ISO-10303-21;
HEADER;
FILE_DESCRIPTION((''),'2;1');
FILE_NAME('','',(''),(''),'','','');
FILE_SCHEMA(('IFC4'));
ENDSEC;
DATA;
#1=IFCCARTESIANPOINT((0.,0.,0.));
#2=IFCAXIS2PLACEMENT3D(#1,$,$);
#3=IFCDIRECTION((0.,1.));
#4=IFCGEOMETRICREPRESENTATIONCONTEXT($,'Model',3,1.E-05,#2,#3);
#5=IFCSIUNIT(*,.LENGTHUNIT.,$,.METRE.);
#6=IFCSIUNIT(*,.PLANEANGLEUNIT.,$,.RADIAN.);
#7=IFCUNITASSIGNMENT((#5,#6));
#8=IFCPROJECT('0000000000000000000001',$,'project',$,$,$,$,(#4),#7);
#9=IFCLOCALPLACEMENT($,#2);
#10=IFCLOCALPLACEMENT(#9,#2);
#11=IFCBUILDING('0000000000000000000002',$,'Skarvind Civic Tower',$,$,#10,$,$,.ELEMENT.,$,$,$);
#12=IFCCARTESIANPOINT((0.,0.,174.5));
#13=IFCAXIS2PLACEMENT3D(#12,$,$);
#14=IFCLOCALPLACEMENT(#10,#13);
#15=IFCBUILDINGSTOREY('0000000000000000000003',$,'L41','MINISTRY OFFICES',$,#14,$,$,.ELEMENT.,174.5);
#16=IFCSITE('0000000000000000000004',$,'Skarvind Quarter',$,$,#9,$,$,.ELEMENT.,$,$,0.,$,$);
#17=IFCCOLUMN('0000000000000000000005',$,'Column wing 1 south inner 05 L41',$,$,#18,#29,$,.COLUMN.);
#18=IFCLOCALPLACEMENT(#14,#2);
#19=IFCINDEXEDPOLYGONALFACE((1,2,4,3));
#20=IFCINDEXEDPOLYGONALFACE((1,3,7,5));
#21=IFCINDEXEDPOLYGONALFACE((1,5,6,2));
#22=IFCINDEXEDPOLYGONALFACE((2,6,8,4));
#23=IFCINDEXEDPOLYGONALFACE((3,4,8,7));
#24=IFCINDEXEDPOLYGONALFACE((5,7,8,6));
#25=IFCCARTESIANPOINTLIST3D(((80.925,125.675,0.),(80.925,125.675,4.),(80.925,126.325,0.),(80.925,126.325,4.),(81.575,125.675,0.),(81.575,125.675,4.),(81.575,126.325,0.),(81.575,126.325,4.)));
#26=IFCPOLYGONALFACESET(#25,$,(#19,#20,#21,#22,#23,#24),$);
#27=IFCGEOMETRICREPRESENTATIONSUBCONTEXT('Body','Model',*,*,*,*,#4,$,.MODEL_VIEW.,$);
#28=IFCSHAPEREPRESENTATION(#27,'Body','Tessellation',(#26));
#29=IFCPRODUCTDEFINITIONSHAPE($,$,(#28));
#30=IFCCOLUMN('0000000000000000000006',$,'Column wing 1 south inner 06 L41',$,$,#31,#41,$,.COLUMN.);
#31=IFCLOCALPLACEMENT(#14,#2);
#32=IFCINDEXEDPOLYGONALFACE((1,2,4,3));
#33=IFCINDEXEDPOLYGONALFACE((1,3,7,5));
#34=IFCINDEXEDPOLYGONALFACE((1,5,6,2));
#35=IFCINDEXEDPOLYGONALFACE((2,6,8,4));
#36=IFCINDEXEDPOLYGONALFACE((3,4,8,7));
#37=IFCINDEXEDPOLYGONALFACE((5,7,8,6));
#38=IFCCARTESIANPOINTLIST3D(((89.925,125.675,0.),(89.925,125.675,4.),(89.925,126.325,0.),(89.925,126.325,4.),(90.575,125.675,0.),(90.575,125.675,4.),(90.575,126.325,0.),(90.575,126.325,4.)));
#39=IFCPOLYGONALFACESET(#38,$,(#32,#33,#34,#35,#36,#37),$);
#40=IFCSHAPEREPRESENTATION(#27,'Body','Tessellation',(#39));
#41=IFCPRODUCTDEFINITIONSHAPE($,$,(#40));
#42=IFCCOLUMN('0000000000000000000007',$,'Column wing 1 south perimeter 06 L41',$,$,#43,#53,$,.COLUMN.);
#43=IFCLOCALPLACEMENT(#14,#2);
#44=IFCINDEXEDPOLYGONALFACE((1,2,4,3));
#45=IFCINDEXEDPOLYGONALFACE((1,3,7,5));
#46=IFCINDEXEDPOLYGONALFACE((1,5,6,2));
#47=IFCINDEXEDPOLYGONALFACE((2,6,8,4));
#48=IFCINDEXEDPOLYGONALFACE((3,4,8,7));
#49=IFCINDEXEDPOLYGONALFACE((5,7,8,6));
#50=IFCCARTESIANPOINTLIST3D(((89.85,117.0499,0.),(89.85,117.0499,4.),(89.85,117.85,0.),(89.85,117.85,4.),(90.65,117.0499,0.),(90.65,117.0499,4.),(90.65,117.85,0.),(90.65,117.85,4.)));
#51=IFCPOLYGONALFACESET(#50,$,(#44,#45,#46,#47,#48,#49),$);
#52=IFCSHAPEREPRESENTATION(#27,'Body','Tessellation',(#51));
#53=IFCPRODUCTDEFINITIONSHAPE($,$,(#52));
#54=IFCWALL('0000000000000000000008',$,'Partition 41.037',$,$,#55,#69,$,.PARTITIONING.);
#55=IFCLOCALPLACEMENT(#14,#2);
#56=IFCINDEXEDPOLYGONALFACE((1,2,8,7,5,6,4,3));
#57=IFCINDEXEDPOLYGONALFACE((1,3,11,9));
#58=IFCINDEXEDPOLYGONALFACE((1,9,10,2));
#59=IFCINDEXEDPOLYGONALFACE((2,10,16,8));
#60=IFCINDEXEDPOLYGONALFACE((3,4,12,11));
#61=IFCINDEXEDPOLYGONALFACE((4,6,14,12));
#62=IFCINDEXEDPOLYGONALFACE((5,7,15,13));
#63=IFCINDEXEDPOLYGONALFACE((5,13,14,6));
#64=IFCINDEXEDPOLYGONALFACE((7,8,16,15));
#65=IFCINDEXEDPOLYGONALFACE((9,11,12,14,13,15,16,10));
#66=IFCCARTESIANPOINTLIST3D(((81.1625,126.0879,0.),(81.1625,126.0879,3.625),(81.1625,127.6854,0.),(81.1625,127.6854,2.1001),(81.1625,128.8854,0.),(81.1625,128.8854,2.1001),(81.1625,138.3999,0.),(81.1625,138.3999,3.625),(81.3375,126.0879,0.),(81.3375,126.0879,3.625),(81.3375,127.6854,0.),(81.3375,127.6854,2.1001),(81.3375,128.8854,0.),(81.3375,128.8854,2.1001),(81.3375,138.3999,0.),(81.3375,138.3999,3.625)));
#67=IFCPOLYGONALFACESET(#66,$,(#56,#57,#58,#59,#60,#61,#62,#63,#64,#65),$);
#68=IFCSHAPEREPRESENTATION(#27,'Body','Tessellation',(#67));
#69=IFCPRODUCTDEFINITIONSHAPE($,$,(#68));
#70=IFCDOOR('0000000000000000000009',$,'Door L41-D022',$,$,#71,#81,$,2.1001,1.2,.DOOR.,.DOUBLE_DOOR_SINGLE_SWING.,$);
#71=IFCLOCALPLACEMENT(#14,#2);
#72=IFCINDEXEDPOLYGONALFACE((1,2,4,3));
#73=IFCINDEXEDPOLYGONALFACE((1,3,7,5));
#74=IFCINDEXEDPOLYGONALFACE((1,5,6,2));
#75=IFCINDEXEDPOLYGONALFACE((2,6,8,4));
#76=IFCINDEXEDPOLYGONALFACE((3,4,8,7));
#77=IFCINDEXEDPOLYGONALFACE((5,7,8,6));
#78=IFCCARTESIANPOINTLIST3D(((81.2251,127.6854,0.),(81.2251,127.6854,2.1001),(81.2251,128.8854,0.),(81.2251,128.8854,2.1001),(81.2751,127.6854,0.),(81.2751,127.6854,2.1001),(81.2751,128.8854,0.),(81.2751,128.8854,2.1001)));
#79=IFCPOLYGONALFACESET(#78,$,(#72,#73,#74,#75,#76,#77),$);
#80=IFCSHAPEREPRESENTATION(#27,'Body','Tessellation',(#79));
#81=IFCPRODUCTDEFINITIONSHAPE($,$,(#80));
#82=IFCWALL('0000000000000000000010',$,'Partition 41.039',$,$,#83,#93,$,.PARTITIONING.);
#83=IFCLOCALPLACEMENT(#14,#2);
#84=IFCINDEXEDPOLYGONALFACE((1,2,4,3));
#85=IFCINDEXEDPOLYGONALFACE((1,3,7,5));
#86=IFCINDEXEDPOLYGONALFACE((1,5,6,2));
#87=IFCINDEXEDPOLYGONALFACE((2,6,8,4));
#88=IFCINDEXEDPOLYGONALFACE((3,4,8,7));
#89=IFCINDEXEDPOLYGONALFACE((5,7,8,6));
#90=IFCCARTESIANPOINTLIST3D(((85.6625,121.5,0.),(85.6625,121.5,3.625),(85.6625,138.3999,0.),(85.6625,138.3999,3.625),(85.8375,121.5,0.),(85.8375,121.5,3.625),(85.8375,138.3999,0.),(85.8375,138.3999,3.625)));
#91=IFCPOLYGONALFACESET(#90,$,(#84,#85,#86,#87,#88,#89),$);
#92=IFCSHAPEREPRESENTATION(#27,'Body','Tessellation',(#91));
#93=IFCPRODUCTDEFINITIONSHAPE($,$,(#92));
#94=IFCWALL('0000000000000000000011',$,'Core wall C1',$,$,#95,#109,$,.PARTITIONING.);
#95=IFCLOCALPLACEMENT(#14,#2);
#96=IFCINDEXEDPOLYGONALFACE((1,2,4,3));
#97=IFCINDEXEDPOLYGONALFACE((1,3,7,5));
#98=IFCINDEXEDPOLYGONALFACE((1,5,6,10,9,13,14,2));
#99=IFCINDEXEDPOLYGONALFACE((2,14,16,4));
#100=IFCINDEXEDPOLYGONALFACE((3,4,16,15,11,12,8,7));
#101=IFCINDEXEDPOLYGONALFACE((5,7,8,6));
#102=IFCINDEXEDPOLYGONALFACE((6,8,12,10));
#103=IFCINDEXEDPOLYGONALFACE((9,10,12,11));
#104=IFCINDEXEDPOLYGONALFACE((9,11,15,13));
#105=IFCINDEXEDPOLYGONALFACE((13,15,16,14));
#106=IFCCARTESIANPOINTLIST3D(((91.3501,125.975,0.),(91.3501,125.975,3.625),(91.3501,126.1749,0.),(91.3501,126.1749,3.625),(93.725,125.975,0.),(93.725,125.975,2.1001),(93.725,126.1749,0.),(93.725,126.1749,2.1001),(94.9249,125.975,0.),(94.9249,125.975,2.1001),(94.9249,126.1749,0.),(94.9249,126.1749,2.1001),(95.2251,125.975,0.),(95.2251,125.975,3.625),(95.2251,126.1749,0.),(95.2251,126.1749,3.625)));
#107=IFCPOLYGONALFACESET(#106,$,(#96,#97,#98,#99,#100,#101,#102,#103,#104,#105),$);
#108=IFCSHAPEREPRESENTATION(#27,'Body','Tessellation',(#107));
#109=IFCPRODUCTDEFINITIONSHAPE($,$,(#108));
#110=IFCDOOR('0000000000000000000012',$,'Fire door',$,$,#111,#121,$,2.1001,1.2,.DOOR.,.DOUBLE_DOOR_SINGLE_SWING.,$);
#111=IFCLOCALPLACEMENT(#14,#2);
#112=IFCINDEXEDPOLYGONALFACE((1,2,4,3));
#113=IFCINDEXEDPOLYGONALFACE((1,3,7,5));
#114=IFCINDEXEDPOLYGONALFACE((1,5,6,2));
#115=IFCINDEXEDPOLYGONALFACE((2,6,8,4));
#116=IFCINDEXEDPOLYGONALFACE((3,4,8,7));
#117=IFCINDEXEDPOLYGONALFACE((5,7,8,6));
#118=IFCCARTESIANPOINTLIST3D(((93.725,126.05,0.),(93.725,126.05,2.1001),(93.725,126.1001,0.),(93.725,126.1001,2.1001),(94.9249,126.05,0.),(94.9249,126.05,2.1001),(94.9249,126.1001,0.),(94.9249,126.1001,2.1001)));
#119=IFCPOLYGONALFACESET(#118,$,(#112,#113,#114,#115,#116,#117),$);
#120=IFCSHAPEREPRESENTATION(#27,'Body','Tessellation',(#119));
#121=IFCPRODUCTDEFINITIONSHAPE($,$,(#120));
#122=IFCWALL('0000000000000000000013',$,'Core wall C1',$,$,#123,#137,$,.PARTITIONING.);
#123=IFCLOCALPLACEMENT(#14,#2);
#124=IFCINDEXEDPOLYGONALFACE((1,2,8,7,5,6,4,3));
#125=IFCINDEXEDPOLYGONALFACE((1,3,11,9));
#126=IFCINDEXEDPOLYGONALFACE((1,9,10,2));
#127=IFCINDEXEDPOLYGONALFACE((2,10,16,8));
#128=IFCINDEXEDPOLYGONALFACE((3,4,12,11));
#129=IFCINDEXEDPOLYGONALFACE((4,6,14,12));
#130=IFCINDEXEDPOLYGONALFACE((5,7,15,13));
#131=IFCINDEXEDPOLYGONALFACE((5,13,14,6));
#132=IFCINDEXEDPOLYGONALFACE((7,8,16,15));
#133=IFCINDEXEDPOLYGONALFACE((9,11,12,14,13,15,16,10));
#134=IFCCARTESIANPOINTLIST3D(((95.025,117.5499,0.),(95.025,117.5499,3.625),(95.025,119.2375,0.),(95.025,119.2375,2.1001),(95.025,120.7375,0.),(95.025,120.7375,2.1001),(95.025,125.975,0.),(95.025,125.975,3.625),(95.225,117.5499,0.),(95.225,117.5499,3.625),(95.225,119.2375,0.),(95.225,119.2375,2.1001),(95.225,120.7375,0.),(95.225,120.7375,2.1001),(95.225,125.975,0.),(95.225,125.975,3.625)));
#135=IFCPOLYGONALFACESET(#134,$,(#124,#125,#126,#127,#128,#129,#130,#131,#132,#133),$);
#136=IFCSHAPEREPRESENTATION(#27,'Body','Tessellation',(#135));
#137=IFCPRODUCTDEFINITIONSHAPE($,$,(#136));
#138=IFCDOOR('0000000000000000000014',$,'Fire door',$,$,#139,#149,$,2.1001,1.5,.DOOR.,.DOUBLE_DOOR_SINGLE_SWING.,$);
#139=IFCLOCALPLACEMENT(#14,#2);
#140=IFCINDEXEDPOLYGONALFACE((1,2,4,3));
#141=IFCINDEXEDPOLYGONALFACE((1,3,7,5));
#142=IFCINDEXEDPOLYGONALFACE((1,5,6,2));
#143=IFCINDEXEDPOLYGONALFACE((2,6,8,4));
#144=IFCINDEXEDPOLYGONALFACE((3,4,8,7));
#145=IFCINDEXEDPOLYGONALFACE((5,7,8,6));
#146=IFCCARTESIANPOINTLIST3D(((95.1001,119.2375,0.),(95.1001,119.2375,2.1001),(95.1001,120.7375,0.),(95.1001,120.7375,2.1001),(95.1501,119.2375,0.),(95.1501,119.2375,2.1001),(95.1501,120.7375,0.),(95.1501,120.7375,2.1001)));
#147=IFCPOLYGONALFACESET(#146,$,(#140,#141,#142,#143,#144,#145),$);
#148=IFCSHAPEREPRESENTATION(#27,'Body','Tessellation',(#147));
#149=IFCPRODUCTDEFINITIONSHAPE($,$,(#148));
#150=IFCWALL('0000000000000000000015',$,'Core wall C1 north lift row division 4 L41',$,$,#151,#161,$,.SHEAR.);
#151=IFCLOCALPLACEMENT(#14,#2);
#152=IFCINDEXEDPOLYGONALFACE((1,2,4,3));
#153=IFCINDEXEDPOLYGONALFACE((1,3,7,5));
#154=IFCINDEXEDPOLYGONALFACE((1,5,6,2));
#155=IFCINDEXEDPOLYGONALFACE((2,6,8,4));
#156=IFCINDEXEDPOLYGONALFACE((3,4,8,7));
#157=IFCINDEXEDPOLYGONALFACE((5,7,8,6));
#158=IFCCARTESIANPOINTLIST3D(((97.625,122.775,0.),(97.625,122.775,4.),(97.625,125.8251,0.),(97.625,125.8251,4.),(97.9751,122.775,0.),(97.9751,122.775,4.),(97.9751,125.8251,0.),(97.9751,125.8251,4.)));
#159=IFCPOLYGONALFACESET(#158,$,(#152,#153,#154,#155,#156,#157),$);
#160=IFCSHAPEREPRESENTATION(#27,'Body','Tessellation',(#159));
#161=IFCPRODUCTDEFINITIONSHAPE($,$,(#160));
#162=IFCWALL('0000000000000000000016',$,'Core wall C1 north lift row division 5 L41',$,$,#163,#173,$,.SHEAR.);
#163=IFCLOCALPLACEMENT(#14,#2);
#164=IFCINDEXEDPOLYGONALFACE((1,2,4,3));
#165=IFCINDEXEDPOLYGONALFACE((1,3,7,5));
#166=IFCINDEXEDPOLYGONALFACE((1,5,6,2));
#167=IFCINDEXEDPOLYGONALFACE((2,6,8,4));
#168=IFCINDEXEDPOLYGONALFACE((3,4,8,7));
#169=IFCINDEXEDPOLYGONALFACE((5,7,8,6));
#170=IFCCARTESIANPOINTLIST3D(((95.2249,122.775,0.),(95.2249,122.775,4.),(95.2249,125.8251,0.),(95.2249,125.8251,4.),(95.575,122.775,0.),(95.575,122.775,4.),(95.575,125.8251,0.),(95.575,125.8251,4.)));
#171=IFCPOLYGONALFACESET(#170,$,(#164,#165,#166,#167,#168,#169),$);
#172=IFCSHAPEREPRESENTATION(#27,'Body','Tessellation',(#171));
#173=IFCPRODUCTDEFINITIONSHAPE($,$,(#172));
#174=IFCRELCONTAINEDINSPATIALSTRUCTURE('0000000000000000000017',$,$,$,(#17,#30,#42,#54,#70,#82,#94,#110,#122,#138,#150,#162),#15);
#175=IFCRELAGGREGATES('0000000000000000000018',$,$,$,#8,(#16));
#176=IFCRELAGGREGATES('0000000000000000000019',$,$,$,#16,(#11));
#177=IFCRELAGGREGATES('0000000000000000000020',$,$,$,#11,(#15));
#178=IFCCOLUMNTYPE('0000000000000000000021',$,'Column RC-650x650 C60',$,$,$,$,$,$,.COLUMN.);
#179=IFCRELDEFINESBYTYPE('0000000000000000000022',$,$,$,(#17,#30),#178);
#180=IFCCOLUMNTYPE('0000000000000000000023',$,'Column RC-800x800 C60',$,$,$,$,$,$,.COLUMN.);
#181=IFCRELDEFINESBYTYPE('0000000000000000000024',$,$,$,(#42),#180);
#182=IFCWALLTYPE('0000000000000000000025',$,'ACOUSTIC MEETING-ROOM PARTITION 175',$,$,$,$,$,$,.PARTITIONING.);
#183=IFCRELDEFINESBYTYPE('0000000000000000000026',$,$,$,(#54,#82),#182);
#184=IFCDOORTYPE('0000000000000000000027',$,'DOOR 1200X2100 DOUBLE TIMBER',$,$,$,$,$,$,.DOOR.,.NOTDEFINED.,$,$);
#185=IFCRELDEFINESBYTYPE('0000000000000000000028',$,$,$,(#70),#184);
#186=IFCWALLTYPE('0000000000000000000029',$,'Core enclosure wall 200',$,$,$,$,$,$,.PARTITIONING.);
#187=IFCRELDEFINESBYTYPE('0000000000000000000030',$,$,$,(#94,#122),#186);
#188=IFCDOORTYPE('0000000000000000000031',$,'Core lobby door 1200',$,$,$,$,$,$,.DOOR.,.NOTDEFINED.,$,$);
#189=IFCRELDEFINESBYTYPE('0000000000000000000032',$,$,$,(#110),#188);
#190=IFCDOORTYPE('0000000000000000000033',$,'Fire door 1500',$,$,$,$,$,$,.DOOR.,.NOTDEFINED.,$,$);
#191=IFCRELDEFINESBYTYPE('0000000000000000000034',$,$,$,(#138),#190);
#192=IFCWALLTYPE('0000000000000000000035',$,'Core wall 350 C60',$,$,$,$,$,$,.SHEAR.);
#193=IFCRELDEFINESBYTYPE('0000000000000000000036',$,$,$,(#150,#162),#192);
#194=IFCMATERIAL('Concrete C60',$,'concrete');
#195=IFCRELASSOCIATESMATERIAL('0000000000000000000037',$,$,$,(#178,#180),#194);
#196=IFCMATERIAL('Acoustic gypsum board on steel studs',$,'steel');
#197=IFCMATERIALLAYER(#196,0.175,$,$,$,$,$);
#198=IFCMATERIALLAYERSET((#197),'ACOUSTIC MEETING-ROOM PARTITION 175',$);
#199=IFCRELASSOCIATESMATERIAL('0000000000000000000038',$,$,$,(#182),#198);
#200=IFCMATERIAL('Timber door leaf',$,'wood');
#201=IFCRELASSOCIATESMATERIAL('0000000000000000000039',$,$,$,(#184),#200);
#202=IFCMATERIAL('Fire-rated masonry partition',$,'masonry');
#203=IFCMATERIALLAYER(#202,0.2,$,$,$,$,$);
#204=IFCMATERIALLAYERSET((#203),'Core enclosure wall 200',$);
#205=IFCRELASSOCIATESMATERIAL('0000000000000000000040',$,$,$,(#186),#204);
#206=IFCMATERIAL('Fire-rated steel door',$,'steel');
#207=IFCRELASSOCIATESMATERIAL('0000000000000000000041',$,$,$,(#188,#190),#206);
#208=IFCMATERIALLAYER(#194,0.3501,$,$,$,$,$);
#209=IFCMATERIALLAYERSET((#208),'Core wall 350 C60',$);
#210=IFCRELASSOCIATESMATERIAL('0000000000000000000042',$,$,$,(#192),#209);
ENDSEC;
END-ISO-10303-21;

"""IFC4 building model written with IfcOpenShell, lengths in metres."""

from ifc_helpers import new_model, si_unit, direction, frame, frame_2d, origin, origin_2d, place, context, subcontext, project, spatial, rectangle, extrude, material, layer, layer_set, material_profile, profile_set, type_object, element, fill, save


model = new_model("IFC4")

# Units and contexts
model_context = context("Model", 3, precision=1e-05, world=origin(), true_north=direction((0.0, 1.0)))
body_context = subcontext(model_context, "Body", "Model", "MODEL_VIEW")
ifc_project = project(units=[si_unit("LENGTHUNIT", "METRE"), si_unit("PLANEANGLEUNIT", "RADIAN")], contexts=[model_context])

# Site, building, storey
site_placement = place(None, origin())
site = spatial("IfcSite", under=ifc_project, at=site_placement, Name="Skarvind Quarter", CompositionType="ELEMENT", RefElevation=0.0)
building_placement = place(site_placement, origin())
building = spatial("IfcBuilding", under=site, at=building_placement, Name="Skarvind Civic Tower", CompositionType="ELEMENT")
storey_placement = place(building_placement, frame((0.0, 0.0, 174.5)))
storey = spatial("IfcBuildingStorey", under=building, at=storey_placement, Name="L41", Description="MINISTRY OFFICES", CompositionType="ELEMENT", Elevation=174.5)

# Columns
ifc_material_1 = material(Name="Concrete C60", Category="concrete")
ifc_material_profile_1 = material_profile(ifc_material_1, rectangle(XDim=0.6499, YDim=0.6499, at=origin_2d()), Name="RC-650x650")
ifc_profile_set_1 = profile_set([ifc_material_profile_1], Name="Concrete C60")
column_type_1 = type_object("IfcColumnType", Name="Column RC-650x650 C60", PredefinedType="COLUMN", material=ifc_profile_set_1)
for number, where, z_axis, x_axis, name in (
    (1, (81.25, 126.0, 0.0), (0.0, 0.0, 1.0), (1.0, 0.0, 0.0), "Column wing 1 south inner 05 L41"),
    (2, (90.25, 126.0, 0.0), (0.0, 0.0, 1.0), (1.0, 0.0, 0.0), "Column wing 1 south inner 06 L41"),
):
    element("IfcColumn", number, at=place(storey_placement, frame(where, z_axis=z_axis, x_axis=x_axis)), inside=storey, type_object=column_type_1, Name=name, PredefinedType="COLUMN", context=body_context, shape_type="SweptSolid", body=[
        extrude(rectangle(XDim=0.6499, YDim=0.6499, at=origin_2d()), origin(), (0.0, 0.0, 1.0), 4.0),
    ])
ifc_material_profile_2 = material_profile(ifc_material_1, rectangle(XDim=0.8, YDim=0.8, at=origin_2d()), Name="RC-800x800")
ifc_profile_set_2 = profile_set([ifc_material_profile_2], Name="Concrete C60")
column_type_2 = type_object("IfcColumnType", Name="Column RC-800x800 C60", PredefinedType="COLUMN", material=ifc_profile_set_2)
column_placement = place(storey_placement, frame((90.25, 117.45, 0.0), z_axis=(0.0, 0.0, 1.0), x_axis=(1.0, 0.0, 0.0)))
element("IfcColumn", 3, at=column_placement, inside=storey, type_object=column_type_2, Name="Column wing 1 south perimeter 06 L41", PredefinedType="COLUMN", context=body_context, shape_type="SweptSolid", body=[
    extrude(rectangle(XDim=0.8, YDim=0.8, at=origin_2d()), origin(), (0.0, 0.0, 1.0), 4.0),
])

# Wall, opening, door
ifc_material_2 = material(Name="Acoustic gypsum board on steel studs", Category="steel")
ifc_layer_1 = layer(ifc_material_2, 0.175)
ifc_layer_set_1 = layer_set([ifc_layer_1], Name="ACOUSTIC MEETING-ROOM PARTITION 175")
wall_type_1 = type_object("IfcWallType", Name="ACOUSTIC MEETING-ROOM PARTITION 175", PredefinedType="PARTITIONING", material=ifc_layer_set_1)
wall_1_placement = place(storey_placement, frame((81.25, 126.0879, 0.0), z_axis=(0.0, 0.0, 1.0), x_axis=(0.0, 1.0, 0.0)))
wall_1 = element("IfcWall", 4, at=wall_1_placement, inside=storey, type_object=wall_type_1, Name="Partition 41.037", PredefinedType="PARTITIONING", context=body_context, shape_type="SweptSolid", body=[
    extrude(rectangle(XDim=12.312, YDim=0.175, at=frame_2d((6.156, 0.0))), origin(), (0.0, 0.0, 1.0), 3.625),
])
opening_1_placement = place(wall_1_placement, frame((1.5974, 0.0, 0.0)))
opening_1 = element("IfcOpeningElement", 5, at=opening_1_placement, cuts=wall_1, PredefinedType="OPENING", context=body_context, shape_type="SweptSolid", body=[
    extrude(rectangle(XDim=1.2, YDim=2.1001, at=frame_2d((0.6001, 1.05))), frame((0.0, 0.0974, 0.0), z_axis=(0.0, -1.0, 0.0), x_axis=(1.0, 0.0, 0.0)), (0.0, 0.0, 1.0), 0.1951),
])
ifc_material_3 = material(Name="Timber door leaf", Category="wood")
door_type_1 = type_object("IfcDoorType", Name="DOOR 1200X2100 DOUBLE TIMBER", OperationType="NOTDEFINED", PredefinedType="DOOR", material=ifc_material_3)
door_1_placement = place(opening_1_placement, origin())
door_1 = element("IfcDoor", 6, at=door_1_placement, inside=storey, type_object=door_type_1, Name="Door L41-D022", OperationType="DOUBLE_DOOR_SINGLE_SWING", OverallHeight=2.1001, OverallWidth=1.2, PredefinedType="DOOR", context=body_context, shape_type="SweptSolid", body=[
    extrude(rectangle(XDim=1.2, YDim=2.1001, at=frame_2d((0.6001, 1.05))), frame((0.0, 0.0249, 0.0), z_axis=(0.0, -1.0, 0.0), x_axis=(1.0, 0.0, 0.0)), (0.0, 0.0, 1.0), 0.05),
])
fill(opening_1, door_1)

# Wall
wall_2_placement = place(storey_placement, frame((85.75, 121.5, 0.0), z_axis=(0.0, 0.0, 1.0), x_axis=(0.0, 1.0, 0.0)))
element("IfcWall", 7, at=wall_2_placement, inside=storey, type_object=wall_type_1, Name="Partition 41.039", PredefinedType="PARTITIONING", context=body_context, shape_type="SweptSolid", body=[
    extrude(rectangle(XDim=16.8999, YDim=0.175, at=frame_2d((8.45, 0.0))), origin(), (0.0, 0.0, 1.0), 3.625),
])

# Walls, openings, doors
ifc_material_4 = material(Name="Fire-rated masonry partition", Category="masonry")
ifc_layer_2 = layer(ifc_material_4, 0.2)
ifc_layer_set_2 = layer_set([ifc_layer_2], Name="Core enclosure wall 200")
wall_type_2 = type_object("IfcWallType", Name="Core enclosure wall 200", PredefinedType="PARTITIONING", material=ifc_layer_set_2)
wall_3_placement = place(storey_placement, frame((95.2251, 126.075, 0.0), z_axis=(0.0, 0.0, 1.0), x_axis=(-1.0, 0.0, 0.0)))
wall_3 = element("IfcWall", 8, at=wall_3_placement, inside=storey, type_object=wall_type_2, Name="Core wall C1", PredefinedType="PARTITIONING", context=body_context, shape_type="SweptSolid", body=[
    extrude(rectangle(XDim=3.875, YDim=0.2, at=frame_2d((1.9375, 0.0))), origin(), (0.0, 0.0, 1.0), 3.625),
])
opening_2_placement = place(wall_3_placement, frame((0.3, 0.0, 0.0)))
opening_2 = element("IfcOpeningElement", 9, at=opening_2_placement, cuts=wall_3, PredefinedType="OPENING", context=body_context, shape_type="SweptSolid", body=[
    extrude(rectangle(XDim=1.2, YDim=2.1001, at=frame_2d((0.6001, 1.05))), frame((0.0, 0.1099, 0.0), z_axis=(0.0, -1.0, 0.0), x_axis=(1.0, 0.0, 0.0)), (0.0, 0.0, 1.0), 0.22),
])
ifc_material_5 = material(Name="Fire-rated steel door", Category="steel")
door_type_2 = type_object("IfcDoorType", Name="Core lobby door 1200", OperationType="NOTDEFINED", PredefinedType="DOOR", material=ifc_material_5)
door_2_placement = place(opening_2_placement, origin())
door_2 = element("IfcDoor", 10, at=door_2_placement, inside=storey, type_object=door_type_2, Name="Fire door", OperationType="DOUBLE_DOOR_SINGLE_SWING", OverallHeight=2.1001, OverallWidth=1.2, PredefinedType="DOOR", context=body_context, shape_type="SweptSolid", body=[
    extrude(rectangle(XDim=1.2, YDim=2.1001, at=frame_2d((0.6001, 1.05))), frame((0.0, 0.0249, 0.0), z_axis=(0.0, -1.0, 0.0), x_axis=(1.0, 0.0, 0.0)), (0.0, 0.0, 1.0), 0.05),
])
fill(opening_2, door_2)
wall_4_placement = place(storey_placement, frame((95.125, 117.55, 0.0), z_axis=(0.0, 0.0, 1.0), x_axis=(0.0, 1.0, 0.0)))
wall_4 = element("IfcWall", 11, at=wall_4_placement, inside=storey, type_object=wall_type_2, Name="Core wall C1", PredefinedType="PARTITIONING", context=body_context, shape_type="SweptSolid", body=[
    extrude(rectangle(XDim=8.425, YDim=0.2, at=frame_2d((4.2124, 0.0))), origin(), (0.0, 0.0, 1.0), 3.625),
])
opening_3_placement = place(wall_4_placement, frame((1.6875, 0.0, 0.0)))
opening_3 = element("IfcOpeningElement", 12, at=opening_3_placement, cuts=wall_4, PredefinedType="OPENING", context=body_context, shape_type="SweptSolid", body=[
    extrude(rectangle(XDim=1.5, YDim=2.1001, at=frame_2d((0.75, 1.05))), frame((0.0, 0.1099, 0.0), z_axis=(0.0, -1.0, 0.0), x_axis=(1.0, 0.0, 0.0)), (0.0, 0.0, 1.0), 0.22),
])
door_type_3 = type_object("IfcDoorType", Name="Fire door 1500", OperationType="NOTDEFINED", PredefinedType="DOOR", material=ifc_material_5)
door_3_placement = place(opening_3_placement, origin())
door_3 = element("IfcDoor", 13, at=door_3_placement, inside=storey, type_object=door_type_3, Name="Fire door", OperationType="DOUBLE_DOOR_SINGLE_SWING", OverallHeight=2.1001, OverallWidth=1.5, PredefinedType="DOOR", context=body_context, shape_type="SweptSolid", body=[
    extrude(rectangle(XDim=1.5, YDim=2.1001, at=frame_2d((0.75, 1.05))), frame((0.0, 0.0249, 0.0), z_axis=(0.0, -1.0, 0.0), x_axis=(1.0, 0.0, 0.0)), (0.0, 0.0, 1.0), 0.05),
])
fill(opening_3, door_3)

# Walls
ifc_layer_3 = layer(ifc_material_1, 0.3501)
ifc_layer_set_3 = layer_set([ifc_layer_3], Name="Core wall 350 C60")
wall_type_3 = type_object("IfcWallType", Name="Core wall 350 C60", PredefinedType="SHEAR", material=ifc_layer_set_3)
for number, where, z_axis, x_axis, name in (
    (14, (97.8, 125.825, 0.0), (0.0, 0.0, 1.0), (0.0, -1.0, 0.0), "Core wall C1 north lift row division 4 L41"),
    (15, (95.3999, 125.825, 0.0), (0.0, 0.0, 1.0), (0.0, -1.0, 0.0), "Core wall C1 north lift row division 5 L41"),
):
    element("IfcWall", number, at=place(storey_placement, frame(where, z_axis=z_axis, x_axis=x_axis)), inside=storey, type_object=wall_type_3, Name=name, PredefinedType="SHEAR", context=body_context, shape_type="SweptSolid", body=[
        extrude(rectangle(XDim=3.05, YDim=0.3501, at=frame_2d((1.5249, 0.0))), origin(), (0.0, 0.0, 1.0), 4.0),
    ])

save(model, "model.ifc")
